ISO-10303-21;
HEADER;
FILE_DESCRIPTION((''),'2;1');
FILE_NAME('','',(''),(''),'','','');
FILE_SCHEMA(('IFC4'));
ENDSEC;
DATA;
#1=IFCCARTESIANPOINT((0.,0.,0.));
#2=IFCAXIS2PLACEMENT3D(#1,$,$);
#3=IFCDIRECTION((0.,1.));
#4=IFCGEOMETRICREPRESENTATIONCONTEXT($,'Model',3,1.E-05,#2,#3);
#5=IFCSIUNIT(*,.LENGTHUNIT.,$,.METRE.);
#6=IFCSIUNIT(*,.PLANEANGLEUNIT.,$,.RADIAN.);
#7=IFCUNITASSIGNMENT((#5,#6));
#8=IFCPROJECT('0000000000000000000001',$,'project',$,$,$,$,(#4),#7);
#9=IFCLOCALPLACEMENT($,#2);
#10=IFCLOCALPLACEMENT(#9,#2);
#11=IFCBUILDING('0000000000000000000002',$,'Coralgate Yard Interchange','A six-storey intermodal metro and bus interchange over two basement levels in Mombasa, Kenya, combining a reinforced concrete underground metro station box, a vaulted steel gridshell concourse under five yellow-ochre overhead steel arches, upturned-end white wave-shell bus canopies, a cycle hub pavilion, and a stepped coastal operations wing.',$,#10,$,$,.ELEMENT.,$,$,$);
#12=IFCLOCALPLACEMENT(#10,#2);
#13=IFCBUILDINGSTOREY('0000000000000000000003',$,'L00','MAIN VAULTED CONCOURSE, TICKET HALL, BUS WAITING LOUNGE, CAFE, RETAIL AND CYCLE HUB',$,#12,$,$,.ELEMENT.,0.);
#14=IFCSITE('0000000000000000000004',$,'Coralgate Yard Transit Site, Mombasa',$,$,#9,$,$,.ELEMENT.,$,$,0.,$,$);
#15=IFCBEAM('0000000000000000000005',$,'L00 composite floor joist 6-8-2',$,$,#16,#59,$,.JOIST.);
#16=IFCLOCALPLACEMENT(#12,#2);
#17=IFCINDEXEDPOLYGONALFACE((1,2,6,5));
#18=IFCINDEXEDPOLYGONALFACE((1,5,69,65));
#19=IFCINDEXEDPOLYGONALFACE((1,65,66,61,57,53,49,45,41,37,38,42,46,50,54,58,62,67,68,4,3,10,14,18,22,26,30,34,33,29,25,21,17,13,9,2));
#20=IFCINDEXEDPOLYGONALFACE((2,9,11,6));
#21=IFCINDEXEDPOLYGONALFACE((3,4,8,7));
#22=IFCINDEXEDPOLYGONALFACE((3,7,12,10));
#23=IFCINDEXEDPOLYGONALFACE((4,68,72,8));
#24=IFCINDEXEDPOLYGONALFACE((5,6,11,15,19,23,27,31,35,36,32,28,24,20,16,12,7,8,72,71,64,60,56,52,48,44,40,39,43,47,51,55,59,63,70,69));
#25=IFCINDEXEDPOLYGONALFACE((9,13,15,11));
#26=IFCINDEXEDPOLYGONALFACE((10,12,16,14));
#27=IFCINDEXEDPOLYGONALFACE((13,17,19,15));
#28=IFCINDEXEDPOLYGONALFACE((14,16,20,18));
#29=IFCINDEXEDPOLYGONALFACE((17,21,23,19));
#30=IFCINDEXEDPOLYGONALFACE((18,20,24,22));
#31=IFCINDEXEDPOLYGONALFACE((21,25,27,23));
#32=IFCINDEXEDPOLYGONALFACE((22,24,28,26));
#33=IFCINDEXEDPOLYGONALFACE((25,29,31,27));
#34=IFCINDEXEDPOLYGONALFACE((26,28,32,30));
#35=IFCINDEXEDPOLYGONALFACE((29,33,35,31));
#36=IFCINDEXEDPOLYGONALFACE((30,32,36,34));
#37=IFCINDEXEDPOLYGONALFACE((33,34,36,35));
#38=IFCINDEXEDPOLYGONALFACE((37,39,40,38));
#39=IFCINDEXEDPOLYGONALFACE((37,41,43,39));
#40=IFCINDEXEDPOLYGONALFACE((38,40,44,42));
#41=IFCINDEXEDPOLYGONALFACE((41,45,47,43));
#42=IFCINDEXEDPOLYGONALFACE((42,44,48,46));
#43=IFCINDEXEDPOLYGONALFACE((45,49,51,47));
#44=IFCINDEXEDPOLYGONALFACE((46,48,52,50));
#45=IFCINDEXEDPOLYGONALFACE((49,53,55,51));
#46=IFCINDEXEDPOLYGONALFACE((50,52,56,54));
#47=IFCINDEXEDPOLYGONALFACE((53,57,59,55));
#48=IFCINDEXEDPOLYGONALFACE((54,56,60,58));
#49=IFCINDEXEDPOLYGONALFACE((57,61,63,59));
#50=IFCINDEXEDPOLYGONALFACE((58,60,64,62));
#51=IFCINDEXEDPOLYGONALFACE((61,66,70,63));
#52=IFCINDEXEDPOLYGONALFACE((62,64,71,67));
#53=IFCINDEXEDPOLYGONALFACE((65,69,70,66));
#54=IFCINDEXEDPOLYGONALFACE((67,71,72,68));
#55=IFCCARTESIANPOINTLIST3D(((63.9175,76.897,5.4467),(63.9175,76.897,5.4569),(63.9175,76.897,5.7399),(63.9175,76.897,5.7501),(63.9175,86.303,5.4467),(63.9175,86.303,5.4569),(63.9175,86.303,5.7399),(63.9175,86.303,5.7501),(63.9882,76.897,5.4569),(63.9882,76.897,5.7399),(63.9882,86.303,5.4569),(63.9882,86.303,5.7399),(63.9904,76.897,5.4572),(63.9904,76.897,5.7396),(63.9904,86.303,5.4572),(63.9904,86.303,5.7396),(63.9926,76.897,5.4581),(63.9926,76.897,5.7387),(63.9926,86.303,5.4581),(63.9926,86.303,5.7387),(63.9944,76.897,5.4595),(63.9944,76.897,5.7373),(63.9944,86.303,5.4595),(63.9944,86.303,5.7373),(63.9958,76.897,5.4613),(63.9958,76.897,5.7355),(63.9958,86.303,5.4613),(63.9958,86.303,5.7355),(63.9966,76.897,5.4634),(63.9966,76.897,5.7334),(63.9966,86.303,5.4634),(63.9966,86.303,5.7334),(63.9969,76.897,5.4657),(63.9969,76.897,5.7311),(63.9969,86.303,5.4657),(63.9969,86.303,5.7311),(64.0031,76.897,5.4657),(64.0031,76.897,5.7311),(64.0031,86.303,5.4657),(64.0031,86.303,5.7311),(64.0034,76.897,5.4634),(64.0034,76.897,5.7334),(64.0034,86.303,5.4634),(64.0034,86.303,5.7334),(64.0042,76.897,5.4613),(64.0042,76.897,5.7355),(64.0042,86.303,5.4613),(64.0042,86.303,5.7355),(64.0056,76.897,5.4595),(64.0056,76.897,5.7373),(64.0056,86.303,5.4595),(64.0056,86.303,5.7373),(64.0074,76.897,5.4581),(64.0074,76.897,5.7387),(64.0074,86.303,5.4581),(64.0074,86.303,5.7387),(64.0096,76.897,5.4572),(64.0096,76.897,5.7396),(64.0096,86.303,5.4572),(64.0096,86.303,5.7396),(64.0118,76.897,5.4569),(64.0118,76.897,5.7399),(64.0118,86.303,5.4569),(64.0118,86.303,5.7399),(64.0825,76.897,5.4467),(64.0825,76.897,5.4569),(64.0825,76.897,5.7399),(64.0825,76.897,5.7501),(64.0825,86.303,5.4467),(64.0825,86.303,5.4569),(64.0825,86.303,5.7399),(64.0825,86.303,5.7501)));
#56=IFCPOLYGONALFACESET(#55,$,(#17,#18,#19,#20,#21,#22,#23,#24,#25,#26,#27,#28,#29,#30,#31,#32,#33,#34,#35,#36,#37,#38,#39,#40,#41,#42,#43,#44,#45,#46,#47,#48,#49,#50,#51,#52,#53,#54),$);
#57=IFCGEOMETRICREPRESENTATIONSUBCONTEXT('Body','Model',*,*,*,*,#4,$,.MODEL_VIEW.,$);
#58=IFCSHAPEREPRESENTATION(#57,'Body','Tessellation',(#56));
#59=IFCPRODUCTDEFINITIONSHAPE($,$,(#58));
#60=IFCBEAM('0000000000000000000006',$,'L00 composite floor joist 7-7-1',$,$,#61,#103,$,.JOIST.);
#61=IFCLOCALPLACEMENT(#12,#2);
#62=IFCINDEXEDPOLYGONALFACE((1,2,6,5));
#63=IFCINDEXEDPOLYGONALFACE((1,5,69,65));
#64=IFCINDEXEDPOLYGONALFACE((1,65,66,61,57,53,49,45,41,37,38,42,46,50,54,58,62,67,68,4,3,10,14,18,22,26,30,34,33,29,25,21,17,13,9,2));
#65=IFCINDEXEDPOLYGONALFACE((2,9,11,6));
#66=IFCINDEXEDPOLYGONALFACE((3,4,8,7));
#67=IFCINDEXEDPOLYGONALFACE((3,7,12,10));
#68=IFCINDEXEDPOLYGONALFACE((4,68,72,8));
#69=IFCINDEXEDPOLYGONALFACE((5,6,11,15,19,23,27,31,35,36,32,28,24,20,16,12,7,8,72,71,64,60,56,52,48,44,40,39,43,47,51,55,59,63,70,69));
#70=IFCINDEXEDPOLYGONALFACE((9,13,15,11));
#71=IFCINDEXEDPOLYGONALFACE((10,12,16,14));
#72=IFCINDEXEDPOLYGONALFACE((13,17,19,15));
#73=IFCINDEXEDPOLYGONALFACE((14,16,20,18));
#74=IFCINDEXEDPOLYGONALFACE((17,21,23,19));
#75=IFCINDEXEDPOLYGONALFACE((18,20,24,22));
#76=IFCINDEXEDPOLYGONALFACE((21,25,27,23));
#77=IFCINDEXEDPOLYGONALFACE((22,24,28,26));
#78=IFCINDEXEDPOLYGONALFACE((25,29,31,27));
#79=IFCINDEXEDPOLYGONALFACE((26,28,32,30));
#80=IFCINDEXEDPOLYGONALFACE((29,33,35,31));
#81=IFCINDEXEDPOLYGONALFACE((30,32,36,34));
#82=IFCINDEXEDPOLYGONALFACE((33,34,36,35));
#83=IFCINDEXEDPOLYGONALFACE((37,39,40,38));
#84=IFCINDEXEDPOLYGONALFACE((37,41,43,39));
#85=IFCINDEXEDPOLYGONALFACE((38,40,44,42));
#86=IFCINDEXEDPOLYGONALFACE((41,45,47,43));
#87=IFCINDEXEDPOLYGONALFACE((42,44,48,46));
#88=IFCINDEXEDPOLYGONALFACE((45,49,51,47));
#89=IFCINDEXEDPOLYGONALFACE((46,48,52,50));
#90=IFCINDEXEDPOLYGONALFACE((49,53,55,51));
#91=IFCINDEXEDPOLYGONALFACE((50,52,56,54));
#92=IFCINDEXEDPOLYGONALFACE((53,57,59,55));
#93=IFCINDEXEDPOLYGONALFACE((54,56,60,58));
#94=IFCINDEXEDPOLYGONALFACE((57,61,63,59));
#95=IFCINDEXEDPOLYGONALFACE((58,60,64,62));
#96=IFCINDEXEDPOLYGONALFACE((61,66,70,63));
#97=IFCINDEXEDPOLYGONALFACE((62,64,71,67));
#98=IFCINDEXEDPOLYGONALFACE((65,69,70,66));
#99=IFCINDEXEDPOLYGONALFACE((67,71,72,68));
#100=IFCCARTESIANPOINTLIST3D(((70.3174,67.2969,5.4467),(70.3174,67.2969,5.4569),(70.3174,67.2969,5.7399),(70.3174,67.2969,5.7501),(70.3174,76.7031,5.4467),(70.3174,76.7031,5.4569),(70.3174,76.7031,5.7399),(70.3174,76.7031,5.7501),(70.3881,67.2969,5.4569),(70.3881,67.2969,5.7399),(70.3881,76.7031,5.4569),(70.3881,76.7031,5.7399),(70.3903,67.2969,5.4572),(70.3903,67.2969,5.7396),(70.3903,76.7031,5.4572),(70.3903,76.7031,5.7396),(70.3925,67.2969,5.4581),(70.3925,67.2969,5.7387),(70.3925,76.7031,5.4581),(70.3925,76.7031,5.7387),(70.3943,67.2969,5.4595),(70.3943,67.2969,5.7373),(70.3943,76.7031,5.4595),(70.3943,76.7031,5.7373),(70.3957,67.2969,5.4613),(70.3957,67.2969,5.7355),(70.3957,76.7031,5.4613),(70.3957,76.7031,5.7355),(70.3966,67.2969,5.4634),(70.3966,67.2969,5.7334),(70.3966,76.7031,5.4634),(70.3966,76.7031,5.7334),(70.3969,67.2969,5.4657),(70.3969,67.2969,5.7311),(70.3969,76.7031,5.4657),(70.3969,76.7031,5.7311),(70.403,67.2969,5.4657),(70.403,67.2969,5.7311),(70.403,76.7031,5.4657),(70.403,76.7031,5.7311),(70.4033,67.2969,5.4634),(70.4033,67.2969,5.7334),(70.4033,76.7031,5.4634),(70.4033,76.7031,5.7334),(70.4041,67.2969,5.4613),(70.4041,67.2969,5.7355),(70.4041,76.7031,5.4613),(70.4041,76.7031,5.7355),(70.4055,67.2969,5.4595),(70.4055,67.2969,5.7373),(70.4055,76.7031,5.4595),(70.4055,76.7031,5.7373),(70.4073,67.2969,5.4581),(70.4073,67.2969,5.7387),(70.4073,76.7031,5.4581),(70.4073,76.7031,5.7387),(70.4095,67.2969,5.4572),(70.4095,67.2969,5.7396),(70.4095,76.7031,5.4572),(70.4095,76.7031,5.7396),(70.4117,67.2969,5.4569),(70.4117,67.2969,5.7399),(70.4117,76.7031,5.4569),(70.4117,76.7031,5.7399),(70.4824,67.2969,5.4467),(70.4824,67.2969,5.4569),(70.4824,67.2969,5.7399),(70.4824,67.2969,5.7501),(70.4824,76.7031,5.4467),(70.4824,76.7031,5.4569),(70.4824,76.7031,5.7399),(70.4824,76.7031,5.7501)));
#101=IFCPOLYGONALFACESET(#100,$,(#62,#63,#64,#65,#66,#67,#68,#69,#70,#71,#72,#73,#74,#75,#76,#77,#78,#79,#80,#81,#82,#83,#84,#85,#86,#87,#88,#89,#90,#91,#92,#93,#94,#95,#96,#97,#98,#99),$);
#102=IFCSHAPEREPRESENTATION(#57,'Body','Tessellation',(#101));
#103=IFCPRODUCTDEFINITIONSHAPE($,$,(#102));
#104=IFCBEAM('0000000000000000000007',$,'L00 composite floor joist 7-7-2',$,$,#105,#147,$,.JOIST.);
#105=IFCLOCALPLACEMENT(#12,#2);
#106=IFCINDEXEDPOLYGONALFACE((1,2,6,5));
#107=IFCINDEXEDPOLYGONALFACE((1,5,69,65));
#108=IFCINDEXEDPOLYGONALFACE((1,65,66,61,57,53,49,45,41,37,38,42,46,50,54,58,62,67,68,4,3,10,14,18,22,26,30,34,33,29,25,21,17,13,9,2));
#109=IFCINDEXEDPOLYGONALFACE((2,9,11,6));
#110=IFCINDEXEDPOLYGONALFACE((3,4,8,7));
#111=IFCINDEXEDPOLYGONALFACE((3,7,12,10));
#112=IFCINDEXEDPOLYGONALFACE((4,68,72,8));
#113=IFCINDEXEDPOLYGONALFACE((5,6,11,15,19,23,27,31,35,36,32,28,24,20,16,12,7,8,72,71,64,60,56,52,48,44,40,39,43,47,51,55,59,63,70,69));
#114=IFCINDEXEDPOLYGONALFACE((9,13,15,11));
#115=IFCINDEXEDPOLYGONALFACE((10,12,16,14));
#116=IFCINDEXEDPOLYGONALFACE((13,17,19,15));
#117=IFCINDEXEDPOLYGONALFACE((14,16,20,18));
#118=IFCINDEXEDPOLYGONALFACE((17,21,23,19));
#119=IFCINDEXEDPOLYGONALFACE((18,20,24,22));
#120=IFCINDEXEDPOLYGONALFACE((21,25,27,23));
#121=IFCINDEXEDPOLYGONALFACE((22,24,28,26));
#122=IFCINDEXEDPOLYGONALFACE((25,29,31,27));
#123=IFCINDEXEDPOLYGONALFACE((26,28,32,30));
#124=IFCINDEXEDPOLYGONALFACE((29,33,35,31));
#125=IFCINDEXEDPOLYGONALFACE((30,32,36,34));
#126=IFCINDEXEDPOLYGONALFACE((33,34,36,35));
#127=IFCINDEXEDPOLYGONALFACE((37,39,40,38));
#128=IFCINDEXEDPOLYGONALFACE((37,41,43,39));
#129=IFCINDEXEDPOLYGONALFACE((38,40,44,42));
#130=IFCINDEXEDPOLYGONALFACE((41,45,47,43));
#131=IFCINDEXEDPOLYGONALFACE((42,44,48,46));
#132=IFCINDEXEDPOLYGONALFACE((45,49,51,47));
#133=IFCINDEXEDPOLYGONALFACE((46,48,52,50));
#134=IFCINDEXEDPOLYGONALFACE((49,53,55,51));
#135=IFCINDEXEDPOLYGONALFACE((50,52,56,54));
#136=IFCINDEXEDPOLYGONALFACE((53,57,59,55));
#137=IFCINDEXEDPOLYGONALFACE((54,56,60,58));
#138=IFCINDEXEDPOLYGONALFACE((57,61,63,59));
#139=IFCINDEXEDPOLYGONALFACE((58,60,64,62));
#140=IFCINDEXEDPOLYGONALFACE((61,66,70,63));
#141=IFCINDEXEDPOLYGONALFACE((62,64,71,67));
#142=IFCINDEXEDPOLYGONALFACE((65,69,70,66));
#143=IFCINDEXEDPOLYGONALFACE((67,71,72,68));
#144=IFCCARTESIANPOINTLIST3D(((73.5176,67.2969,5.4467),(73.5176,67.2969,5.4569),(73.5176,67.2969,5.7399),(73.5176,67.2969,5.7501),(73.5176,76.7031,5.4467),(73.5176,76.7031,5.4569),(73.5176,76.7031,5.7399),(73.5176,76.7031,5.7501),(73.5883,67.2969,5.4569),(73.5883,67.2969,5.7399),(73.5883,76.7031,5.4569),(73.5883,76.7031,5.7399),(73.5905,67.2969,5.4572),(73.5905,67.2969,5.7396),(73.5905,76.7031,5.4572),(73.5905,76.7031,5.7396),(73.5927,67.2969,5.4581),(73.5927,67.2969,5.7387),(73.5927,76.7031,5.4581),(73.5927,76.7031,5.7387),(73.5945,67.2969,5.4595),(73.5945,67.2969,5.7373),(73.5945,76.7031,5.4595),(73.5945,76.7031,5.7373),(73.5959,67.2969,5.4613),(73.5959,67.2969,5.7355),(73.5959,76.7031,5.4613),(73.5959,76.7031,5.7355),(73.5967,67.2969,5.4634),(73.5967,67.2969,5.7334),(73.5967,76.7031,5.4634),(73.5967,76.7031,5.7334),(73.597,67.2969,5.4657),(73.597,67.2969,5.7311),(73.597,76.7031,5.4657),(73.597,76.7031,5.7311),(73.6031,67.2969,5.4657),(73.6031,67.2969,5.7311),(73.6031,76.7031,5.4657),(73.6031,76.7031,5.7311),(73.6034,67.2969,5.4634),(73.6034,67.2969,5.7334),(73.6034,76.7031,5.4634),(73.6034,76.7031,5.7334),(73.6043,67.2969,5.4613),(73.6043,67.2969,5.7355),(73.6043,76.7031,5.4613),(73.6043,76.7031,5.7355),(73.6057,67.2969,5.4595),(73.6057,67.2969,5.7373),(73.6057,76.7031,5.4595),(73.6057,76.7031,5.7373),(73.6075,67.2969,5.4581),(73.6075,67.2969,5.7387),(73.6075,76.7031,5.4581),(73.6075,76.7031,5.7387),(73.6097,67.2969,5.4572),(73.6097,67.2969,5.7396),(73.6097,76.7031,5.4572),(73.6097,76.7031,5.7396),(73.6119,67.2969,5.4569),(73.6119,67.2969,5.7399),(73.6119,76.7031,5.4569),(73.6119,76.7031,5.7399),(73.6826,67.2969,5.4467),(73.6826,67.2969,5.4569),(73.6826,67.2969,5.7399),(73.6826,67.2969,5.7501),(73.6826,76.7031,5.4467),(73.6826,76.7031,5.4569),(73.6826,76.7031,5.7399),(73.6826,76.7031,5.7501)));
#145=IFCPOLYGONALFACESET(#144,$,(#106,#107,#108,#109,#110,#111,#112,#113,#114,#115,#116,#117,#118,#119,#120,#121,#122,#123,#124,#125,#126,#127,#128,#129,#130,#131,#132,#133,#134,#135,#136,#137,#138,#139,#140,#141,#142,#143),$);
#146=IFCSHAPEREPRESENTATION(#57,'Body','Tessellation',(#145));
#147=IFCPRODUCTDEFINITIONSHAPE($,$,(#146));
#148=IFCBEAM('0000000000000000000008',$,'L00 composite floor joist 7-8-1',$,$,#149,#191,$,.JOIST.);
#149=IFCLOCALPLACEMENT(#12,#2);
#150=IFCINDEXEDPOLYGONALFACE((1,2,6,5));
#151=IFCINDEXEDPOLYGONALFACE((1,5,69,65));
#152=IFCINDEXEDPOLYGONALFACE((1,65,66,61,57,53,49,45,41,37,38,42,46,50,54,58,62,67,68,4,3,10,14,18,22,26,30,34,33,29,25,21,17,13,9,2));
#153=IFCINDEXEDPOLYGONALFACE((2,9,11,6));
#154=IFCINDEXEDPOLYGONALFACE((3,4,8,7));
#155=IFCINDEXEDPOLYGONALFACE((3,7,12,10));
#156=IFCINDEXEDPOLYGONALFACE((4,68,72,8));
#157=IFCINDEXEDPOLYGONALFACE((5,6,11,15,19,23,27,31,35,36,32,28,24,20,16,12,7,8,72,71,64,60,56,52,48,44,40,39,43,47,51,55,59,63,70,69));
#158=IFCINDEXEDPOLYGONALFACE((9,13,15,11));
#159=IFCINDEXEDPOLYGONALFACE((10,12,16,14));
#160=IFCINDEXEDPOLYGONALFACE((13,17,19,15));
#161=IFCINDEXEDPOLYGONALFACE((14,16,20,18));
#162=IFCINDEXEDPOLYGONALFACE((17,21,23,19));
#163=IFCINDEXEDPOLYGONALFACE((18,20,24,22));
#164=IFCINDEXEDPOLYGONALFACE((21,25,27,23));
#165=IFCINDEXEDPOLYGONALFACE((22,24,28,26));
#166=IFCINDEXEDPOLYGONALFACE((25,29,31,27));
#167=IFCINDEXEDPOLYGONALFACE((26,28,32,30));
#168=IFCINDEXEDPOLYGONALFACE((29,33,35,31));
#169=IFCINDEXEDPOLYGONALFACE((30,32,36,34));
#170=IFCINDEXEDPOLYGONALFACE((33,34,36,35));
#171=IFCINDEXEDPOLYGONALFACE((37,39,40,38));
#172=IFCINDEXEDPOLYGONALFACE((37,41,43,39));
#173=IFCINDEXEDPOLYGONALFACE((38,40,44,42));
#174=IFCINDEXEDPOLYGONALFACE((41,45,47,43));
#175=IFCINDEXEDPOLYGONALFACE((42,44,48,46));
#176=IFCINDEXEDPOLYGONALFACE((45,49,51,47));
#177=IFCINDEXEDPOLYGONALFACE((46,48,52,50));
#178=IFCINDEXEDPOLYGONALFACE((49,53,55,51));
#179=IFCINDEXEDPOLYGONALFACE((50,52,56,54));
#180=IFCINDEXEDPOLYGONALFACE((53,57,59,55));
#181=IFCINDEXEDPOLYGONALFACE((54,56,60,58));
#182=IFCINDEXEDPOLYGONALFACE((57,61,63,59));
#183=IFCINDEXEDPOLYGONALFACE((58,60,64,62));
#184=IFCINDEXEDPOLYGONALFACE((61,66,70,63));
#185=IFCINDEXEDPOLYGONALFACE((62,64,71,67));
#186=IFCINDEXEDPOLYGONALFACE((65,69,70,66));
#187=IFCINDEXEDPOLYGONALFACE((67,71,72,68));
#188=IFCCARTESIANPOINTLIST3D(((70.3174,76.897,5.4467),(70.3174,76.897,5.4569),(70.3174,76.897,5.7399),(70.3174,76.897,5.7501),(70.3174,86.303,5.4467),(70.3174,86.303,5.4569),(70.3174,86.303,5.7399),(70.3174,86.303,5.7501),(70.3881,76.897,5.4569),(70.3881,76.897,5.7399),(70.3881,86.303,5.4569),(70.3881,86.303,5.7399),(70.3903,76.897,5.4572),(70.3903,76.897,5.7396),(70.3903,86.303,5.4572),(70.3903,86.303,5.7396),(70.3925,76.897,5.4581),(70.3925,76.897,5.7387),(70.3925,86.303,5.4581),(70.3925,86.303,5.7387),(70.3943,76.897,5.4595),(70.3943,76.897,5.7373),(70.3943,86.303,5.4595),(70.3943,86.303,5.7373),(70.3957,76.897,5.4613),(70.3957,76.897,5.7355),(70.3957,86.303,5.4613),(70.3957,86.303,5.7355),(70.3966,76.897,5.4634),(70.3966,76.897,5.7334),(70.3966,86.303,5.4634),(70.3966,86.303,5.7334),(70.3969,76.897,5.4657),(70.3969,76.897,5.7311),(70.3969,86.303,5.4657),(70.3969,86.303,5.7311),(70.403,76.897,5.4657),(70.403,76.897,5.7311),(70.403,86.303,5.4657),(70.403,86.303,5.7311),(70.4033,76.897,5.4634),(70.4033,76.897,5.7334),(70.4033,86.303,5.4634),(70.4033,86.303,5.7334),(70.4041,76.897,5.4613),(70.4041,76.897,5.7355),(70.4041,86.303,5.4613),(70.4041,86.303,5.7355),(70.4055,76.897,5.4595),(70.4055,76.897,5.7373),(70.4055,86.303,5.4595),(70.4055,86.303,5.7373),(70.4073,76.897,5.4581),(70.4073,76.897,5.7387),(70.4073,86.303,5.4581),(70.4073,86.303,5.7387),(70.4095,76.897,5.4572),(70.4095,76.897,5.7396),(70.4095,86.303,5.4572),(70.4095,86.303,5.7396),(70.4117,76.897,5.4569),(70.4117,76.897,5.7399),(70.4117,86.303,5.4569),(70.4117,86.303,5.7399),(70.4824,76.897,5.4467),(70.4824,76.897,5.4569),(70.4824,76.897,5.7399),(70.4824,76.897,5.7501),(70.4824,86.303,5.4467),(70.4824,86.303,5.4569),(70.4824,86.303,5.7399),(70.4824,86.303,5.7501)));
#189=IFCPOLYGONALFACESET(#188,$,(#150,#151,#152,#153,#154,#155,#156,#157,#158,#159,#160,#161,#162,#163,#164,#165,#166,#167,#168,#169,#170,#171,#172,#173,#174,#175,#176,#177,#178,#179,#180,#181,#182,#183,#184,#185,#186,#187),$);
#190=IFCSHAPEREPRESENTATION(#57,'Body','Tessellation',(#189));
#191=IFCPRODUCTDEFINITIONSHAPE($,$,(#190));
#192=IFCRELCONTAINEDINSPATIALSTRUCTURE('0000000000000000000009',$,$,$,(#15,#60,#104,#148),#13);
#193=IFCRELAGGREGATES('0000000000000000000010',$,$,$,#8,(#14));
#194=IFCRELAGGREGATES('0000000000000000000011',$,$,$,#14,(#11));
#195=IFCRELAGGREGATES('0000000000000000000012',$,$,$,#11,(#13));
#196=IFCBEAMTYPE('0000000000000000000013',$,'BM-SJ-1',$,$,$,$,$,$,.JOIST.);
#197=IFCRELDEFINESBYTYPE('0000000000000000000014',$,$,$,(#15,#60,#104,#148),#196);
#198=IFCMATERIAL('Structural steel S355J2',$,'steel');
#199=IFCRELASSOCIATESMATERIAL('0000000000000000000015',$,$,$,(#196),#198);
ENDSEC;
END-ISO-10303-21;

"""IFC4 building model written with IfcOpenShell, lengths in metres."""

from ifc_helpers import new_model, si_unit, direction, frame, origin, origin_2d, place, context, subcontext, project, spatial, i_section, extrude, material, material_profile, profile_set, type_object, element, save


model = new_model("IFC4")

# Units and contexts
model_context = context("Model", 3, precision=1e-05, world=origin(), true_north=direction((0.0, 1.0)))
body_context = subcontext(model_context, "Body", "Model", "MODEL_VIEW")
ifc_project = project(units=[si_unit("LENGTHUNIT", "METRE"), si_unit("PLANEANGLEUNIT", "RADIAN")], contexts=[model_context])

# Site, building, storey
site_placement = place(None, origin())
site = spatial("IfcSite", under=ifc_project, at=site_placement, Name="Coralgate Yard Transit Site, Mombasa", CompositionType="ELEMENT", RefElevation=0.0)
building_placement = place(site_placement, origin())
building = spatial("IfcBuilding", under=site, at=building_placement, Name="Coralgate Yard Interchange", Description="A six-storey intermodal metro and bus interchange over two basement levels in Mombasa, Kenya, combining a reinforced concrete underground metro station box, a vaulted steel gridshell concourse under five yellow-ochre overhead steel arches, upturned-end white wave-shell bus canopies, a cycle hub pavilion, and a stepped coastal operations wing.", CompositionType="ELEMENT")
storey_placement = place(building_placement, origin())
storey = spatial("IfcBuildingStorey", under=building, at=storey_placement, Name="L00", Description="MAIN VAULTED CONCOURSE, TICKET HALL, BUS WAITING LOUNGE, CAFE, RETAIL AND CYCLE HUB", CompositionType="ELEMENT", Elevation=0.0)

# Shared definitions
ifc_material_1 = material(Name="Structural steel S355J2", Category="steel")

# Beams
ifc_material_profile_1 = material_profile(ifc_material_1, i_section(OverallWidth=0.165, OverallDepth=0.3035, WebThickness=0.0061, FlangeThickness=0.0103, FilletRadius=0.0088, at=origin_2d()), Name="UB 305x165x40")
ifc_profile_set_1 = profile_set([ifc_material_profile_1], Name="Structural steel S355J2")
beam_type_1 = type_object("IfcBeamType", Name="BM-SJ-1", PredefinedType="JOIST", material=ifc_profile_set_1)
for number, where, z_axis, x_axis, name in (
    (1, (64.0, 76.897, 5.5984), (0.0, 1.0, 0.0), (-1.0, 0.0, 0.0), "L00 composite floor joist 6-8-2"),
):
    element("IfcBeam", number, at=place(storey_placement, frame(where, z_axis=z_axis, x_axis=x_axis)), inside=storey, type_object=beam_type_1, Name=name, PredefinedType="JOIST", context=body_context, shape_type="SweptSolid", body=[
        extrude(i_section(OverallWidth=0.165, OverallDepth=0.3035, WebThickness=0.0061, FlangeThickness=0.0103, FilletRadius=0.0088, at=origin_2d()), origin(), (0.0, 0.0, 1.0), 9.406),
    ])
for number, where, z_axis, x_axis, name in (
    (2, (70.3999, 67.2969, 5.5984), (0.0, 1.0, 0.0), (-1.0, 0.0, 0.0), "L00 composite floor joist 7-7-1"),
    (3, (73.6001, 67.2969, 5.5984), (0.0, 1.0, 0.0), (-1.0, 0.0, 0.0), "L00 composite floor joist 7-7-2"),
):
    element("IfcBeam", number, at=place(storey_placement, frame(where, z_axis=z_axis, x_axis=x_axis)), inside=storey, type_object=beam_type_1, Name=name, PredefinedType="JOIST", context=body_context, shape_type="SweptSolid", body=[
        extrude(i_section(OverallWidth=0.165, OverallDepth=0.3035, WebThickness=0.0061, FlangeThickness=0.0103, FilletRadius=0.0088, at=origin_2d()), origin(), (0.0, 0.0, 1.0), 9.4062),
    ])
for number, where, z_axis, x_axis, name in (
    (4, (70.3999, 76.897, 5.5984), (0.0, 1.0, 0.0), (-1.0, 0.0, 0.0), "L00 composite floor joist 7-8-1"),
):
    element("IfcBeam", number, at=place(storey_placement, frame(where, z_axis=z_axis, x_axis=x_axis)), inside=storey, type_object=beam_type_1, Name=name, PredefinedType="JOIST", context=body_context, shape_type="SweptSolid", body=[
        extrude(i_section(OverallWidth=0.165, OverallDepth=0.3035, WebThickness=0.0061, FlangeThickness=0.0103, FilletRadius=0.0088, at=origin_2d()), origin(), (0.0, 0.0, 1.0), 9.406),
    ])

save(model, "model.ifc")
